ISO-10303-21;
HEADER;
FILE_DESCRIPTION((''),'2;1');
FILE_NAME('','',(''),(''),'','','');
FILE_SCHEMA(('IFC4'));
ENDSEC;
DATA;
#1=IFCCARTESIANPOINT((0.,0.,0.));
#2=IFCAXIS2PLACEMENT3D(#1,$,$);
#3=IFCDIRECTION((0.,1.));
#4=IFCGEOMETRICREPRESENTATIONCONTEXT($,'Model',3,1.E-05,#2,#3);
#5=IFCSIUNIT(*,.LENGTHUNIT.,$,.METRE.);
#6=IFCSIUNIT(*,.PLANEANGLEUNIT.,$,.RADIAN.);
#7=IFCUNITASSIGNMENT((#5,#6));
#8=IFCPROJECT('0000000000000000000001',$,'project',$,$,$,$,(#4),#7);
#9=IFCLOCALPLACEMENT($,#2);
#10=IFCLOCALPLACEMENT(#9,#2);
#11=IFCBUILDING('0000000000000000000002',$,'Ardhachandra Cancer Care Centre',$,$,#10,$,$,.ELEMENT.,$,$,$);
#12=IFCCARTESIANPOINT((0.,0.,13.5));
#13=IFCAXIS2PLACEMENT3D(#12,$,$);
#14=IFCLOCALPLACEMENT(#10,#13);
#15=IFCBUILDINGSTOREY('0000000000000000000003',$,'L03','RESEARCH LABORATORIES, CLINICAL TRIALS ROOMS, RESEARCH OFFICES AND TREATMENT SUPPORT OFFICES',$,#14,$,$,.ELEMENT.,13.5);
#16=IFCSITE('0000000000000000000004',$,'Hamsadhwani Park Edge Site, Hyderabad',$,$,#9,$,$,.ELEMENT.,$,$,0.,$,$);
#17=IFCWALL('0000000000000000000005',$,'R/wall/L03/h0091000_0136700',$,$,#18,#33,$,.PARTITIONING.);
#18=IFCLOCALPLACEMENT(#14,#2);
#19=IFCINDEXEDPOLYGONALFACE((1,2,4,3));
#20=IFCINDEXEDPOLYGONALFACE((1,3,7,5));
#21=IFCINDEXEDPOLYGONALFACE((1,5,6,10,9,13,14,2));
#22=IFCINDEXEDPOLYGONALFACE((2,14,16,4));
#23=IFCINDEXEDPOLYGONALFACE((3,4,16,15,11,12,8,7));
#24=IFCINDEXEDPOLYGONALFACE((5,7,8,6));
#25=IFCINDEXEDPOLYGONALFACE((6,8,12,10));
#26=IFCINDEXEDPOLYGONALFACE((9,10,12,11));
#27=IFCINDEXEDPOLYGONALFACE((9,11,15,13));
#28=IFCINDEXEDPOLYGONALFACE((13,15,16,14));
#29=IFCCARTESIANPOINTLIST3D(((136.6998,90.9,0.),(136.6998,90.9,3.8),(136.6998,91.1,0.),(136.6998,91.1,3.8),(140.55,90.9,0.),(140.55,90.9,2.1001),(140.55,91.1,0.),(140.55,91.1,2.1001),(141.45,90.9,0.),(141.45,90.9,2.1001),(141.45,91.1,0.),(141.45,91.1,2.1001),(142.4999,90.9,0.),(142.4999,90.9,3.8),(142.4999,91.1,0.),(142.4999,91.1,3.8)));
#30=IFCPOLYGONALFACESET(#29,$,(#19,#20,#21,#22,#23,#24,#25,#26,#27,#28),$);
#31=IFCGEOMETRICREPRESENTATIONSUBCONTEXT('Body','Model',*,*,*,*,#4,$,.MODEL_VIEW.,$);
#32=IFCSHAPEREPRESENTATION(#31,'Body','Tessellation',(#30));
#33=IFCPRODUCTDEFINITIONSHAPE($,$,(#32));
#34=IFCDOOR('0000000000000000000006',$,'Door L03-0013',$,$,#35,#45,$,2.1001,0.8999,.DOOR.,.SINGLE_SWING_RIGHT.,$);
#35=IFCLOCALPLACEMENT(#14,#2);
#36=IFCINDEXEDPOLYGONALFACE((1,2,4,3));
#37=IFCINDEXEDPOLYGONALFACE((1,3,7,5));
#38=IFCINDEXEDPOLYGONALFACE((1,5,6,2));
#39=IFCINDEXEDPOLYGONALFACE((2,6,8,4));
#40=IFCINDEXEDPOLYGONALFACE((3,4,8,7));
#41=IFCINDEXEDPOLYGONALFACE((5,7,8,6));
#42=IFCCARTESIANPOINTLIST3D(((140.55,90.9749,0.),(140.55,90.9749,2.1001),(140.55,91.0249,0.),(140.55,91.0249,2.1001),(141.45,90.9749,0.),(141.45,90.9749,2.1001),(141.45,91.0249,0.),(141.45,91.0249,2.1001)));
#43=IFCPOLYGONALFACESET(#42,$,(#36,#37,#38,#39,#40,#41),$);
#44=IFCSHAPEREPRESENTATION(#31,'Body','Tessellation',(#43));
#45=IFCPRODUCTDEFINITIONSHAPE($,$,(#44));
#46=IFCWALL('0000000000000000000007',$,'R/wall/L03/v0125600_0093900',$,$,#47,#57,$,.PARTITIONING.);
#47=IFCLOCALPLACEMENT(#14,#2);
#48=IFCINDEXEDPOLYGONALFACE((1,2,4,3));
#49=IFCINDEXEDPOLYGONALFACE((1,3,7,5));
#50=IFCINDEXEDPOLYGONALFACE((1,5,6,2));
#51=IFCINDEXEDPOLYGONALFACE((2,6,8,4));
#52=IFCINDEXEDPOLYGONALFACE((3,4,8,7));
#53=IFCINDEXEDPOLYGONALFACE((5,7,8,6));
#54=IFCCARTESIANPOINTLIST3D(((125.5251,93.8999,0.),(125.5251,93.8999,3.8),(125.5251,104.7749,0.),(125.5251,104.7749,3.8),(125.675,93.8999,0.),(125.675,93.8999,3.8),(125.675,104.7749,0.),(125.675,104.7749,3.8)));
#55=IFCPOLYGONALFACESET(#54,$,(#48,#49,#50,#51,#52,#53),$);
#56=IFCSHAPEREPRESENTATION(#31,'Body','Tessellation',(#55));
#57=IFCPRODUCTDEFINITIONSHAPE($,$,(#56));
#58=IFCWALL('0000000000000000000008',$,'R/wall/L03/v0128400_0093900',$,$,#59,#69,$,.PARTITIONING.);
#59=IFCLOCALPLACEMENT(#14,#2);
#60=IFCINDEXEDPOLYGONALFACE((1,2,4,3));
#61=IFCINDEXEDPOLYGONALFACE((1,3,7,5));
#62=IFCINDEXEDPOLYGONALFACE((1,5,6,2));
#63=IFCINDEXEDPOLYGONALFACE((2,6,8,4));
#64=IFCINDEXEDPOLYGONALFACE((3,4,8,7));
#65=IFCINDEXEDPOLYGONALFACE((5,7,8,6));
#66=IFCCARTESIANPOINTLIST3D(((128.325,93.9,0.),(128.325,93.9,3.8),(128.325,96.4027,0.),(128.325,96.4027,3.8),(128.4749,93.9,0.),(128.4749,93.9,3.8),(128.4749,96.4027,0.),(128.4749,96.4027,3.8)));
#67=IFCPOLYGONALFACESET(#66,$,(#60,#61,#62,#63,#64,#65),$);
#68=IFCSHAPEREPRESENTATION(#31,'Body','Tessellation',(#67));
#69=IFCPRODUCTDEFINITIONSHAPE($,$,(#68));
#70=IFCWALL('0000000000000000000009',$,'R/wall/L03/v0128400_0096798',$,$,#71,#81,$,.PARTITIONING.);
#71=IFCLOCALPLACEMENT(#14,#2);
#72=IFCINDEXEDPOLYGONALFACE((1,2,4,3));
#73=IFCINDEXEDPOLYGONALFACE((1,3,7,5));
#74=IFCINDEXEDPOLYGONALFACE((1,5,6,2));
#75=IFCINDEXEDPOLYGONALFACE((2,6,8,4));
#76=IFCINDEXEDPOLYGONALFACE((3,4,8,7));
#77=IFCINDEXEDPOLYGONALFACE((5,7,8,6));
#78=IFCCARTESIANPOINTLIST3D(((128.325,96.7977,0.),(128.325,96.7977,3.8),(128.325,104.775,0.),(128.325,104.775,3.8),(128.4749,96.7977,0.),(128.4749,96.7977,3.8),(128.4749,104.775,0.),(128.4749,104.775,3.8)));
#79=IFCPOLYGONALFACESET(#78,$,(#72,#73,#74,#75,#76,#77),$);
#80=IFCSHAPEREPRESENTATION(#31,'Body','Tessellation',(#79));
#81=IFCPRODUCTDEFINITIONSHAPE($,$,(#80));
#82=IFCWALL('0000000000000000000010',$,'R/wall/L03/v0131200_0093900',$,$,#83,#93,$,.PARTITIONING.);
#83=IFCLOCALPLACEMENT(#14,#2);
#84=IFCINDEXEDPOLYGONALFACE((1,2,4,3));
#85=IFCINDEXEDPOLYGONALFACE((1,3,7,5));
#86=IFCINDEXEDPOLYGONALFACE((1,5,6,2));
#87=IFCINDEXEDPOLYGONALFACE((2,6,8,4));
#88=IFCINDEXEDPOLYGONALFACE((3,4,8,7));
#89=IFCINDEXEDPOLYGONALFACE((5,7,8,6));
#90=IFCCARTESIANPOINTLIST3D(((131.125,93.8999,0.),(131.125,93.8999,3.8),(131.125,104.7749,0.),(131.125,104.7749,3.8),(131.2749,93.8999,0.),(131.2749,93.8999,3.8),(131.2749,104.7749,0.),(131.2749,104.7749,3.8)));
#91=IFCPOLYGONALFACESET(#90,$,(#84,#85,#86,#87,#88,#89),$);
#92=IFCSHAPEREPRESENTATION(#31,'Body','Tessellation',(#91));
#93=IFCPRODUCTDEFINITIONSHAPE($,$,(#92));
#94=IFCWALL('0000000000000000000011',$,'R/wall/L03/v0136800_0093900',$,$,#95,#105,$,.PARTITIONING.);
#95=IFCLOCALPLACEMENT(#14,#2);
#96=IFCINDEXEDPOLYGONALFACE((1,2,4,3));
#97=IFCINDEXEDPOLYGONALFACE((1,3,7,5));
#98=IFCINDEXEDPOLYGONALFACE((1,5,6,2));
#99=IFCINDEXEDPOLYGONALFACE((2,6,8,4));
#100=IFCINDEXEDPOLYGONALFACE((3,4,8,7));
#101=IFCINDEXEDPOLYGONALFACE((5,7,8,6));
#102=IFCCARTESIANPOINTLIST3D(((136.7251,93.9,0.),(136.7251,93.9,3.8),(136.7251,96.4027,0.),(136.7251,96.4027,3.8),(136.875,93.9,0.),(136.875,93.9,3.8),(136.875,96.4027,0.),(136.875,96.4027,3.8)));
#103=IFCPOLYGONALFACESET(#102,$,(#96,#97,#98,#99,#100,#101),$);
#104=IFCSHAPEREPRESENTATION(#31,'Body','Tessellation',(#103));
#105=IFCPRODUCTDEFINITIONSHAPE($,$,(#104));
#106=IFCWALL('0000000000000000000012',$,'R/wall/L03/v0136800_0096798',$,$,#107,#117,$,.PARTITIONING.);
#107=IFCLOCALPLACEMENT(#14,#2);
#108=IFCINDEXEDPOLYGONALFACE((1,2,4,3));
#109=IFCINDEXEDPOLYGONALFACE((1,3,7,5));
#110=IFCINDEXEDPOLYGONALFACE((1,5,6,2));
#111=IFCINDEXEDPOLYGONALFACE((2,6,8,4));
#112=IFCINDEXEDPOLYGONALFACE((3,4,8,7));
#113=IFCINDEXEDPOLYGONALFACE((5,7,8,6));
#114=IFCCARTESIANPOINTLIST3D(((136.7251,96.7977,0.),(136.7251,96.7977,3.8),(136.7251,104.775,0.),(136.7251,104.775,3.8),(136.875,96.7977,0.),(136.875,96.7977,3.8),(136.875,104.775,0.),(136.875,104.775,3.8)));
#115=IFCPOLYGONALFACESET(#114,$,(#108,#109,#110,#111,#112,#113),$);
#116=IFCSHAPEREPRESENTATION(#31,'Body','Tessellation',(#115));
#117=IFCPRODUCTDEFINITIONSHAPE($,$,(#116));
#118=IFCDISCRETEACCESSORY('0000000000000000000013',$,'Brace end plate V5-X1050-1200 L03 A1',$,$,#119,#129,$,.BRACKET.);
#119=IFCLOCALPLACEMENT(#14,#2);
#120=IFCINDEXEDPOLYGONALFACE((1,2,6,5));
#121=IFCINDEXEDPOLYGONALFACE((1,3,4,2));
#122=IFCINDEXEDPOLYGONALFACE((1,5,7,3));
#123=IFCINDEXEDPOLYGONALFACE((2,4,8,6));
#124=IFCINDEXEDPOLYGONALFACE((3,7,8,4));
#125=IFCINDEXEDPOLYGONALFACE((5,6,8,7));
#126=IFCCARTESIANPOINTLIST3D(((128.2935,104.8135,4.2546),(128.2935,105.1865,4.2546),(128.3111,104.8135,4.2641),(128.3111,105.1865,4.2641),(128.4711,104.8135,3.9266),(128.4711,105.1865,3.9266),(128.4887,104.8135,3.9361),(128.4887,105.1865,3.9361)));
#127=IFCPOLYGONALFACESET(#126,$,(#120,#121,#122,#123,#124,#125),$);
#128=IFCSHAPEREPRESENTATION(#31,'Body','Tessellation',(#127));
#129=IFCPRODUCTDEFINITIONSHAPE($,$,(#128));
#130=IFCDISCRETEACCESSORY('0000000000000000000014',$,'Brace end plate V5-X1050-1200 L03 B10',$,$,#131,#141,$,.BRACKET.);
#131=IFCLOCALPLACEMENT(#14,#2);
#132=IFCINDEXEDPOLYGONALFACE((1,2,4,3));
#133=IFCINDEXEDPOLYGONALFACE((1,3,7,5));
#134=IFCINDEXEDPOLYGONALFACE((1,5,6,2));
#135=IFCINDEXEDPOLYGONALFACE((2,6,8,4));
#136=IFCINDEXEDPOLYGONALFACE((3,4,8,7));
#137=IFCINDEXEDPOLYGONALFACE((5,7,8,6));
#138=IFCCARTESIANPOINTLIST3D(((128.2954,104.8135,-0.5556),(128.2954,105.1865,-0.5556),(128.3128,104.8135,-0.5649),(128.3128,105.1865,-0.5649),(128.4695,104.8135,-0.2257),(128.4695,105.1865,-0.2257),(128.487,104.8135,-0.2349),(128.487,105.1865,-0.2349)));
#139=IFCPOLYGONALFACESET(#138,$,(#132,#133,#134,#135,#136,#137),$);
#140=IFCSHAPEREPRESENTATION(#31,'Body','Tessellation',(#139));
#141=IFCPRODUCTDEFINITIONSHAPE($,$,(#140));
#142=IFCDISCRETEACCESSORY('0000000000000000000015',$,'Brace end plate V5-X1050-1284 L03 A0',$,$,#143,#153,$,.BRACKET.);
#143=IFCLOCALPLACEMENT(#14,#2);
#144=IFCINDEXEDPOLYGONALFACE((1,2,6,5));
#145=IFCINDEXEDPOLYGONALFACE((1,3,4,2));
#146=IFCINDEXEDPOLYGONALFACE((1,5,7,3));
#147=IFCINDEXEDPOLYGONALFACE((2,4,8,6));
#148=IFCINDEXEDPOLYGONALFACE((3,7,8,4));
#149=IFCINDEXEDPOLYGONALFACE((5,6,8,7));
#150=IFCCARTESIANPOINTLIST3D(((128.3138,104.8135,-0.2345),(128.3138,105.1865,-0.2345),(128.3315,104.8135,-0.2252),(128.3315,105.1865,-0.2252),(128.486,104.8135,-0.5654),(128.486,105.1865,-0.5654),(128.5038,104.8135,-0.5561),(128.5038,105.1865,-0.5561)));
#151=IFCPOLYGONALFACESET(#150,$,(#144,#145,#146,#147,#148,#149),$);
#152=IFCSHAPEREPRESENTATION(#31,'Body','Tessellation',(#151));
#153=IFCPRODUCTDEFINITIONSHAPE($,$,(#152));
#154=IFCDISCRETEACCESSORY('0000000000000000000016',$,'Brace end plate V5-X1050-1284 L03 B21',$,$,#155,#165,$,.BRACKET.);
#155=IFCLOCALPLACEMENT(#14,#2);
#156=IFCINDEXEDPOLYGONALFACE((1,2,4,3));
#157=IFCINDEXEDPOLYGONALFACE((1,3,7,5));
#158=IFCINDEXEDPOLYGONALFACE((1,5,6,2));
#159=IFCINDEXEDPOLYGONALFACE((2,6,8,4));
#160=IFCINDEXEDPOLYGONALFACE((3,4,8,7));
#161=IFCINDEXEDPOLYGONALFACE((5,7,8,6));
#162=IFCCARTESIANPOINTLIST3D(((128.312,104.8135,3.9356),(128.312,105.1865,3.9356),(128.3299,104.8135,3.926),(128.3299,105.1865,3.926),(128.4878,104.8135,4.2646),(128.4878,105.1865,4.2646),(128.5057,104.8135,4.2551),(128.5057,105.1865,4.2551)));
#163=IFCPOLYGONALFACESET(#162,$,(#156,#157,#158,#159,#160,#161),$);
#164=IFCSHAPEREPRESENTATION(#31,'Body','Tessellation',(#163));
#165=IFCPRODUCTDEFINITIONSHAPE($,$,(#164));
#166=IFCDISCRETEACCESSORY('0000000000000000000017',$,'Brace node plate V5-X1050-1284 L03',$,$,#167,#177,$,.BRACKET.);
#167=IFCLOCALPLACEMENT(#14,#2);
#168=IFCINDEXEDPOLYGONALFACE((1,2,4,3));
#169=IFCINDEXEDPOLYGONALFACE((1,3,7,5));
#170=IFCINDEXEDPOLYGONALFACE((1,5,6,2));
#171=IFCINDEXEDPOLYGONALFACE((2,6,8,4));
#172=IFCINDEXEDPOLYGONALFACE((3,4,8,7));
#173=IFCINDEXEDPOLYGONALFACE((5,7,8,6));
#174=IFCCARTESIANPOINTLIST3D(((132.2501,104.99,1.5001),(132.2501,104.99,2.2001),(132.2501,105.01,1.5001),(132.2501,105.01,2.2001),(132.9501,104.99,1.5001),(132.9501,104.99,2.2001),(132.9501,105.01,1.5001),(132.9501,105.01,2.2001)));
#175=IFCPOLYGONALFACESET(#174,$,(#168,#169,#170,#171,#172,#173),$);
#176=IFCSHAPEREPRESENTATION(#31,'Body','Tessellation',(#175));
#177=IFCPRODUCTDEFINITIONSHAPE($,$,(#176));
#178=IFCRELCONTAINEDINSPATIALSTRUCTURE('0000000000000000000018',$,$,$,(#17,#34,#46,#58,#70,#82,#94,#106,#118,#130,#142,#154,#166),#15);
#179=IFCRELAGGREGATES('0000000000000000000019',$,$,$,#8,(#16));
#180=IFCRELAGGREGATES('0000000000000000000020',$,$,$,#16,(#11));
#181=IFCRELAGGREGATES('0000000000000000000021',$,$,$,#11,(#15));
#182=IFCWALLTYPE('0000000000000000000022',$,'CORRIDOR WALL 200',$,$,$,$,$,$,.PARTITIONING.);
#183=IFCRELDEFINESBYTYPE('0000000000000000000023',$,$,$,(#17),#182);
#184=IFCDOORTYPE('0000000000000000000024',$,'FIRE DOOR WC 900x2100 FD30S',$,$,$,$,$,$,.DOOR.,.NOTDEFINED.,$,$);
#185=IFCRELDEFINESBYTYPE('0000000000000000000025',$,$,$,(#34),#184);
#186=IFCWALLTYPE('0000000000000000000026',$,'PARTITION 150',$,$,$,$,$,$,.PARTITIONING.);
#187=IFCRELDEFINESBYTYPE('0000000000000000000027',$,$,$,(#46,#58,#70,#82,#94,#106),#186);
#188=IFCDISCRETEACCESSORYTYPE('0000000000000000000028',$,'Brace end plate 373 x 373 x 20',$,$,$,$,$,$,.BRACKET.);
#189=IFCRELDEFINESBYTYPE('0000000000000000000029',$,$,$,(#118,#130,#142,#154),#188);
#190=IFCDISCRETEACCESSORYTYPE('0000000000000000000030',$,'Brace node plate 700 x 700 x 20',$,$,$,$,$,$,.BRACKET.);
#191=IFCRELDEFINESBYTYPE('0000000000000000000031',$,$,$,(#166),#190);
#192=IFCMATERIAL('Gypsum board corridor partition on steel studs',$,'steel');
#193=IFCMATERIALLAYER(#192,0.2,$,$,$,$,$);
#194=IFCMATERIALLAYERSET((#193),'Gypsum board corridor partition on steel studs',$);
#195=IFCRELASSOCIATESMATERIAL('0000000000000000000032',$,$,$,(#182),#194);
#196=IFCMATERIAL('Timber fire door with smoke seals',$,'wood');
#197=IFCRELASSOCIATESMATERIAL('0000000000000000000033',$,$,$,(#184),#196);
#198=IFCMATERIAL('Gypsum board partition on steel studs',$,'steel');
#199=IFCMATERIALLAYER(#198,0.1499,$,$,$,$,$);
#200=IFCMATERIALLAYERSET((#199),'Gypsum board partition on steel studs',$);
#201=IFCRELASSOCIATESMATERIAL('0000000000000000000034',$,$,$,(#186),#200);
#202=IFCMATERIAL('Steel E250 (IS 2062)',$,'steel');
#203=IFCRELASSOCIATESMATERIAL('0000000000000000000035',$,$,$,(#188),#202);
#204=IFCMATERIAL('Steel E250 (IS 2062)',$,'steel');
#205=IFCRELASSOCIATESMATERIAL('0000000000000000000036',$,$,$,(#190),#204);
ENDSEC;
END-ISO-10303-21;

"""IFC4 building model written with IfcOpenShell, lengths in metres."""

from ifc_helpers import new_model, si_unit, direction, frame, frame_2d, origin, origin_2d, place, context, subcontext, project, spatial, rectangle, extrude, material, layer, layer_set, material_profile, profile_set, type_object, element, fill, save


model = new_model("IFC4")

# Units and contexts
model_context = context("Model", 3, precision=1e-05, world=origin(), true_north=direction((0.0, 1.0)))
body_context = subcontext(model_context, "Body", "Model", "MODEL_VIEW")
ifc_project = project(units=[si_unit("LENGTHUNIT", "METRE"), si_unit("PLANEANGLEUNIT", "RADIAN")], contexts=[model_context])

# Site, building, storey
site_placement = place(None, origin())
site = spatial("IfcSite", under=ifc_project, at=site_placement, Name="Hamsadhwani Park Edge Site, Hyderabad", CompositionType="ELEMENT", RefElevation=0.0)
building_placement = place(site_placement, origin())
building = spatial("IfcBuilding", under=site, at=building_placement, Name="Ardhachandra Cancer Care Centre", CompositionType="ELEMENT")
storey_placement = place(building_placement, frame((0.0, 0.0, 13.5)))
storey = spatial("IfcBuildingStorey", under=building, at=storey_placement, Name="L03", Description="RESEARCH LABORATORIES, CLINICAL TRIALS ROOMS, RESEARCH OFFICES AND TREATMENT SUPPORT OFFICES", CompositionType="ELEMENT", Elevation=13.5)

# Wall, opening, door
ifc_material_1 = material(Name="Gypsum board corridor partition on steel studs", Category="steel")
ifc_layer_1 = layer(ifc_material_1, 0.2)
ifc_layer_set_1 = layer_set([ifc_layer_1], Name="Gypsum board corridor partition on steel studs")
wall_type_1 = type_object("IfcWallType", Name="CORRIDOR WALL 200", PredefinedType="PARTITIONING", material=ifc_layer_set_1)
wall_1_placement = place(storey_placement, frame((136.7, 91.0, 0.0), z_axis=(0.0, 0.0, 1.0), x_axis=(1.0, 0.0, 0.0)))
wall_1 = element("IfcWall", 1, at=wall_1_placement, inside=storey, type_object=wall_type_1, Name="R/wall/L03/h0091000_0136700", PredefinedType="PARTITIONING", context=body_context, shape_type="SweptSolid", body=[
    extrude(rectangle(XDim=5.8, YDim=0.2, at=frame_2d((2.8999, 0.0))), origin(), (0.0, 0.0, 1.0), 3.8),
])
opening_placement = place(wall_1_placement, frame((3.8501, 0.0, 0.0)))
opening = element("IfcOpeningElement", 2, at=opening_placement, cuts=wall_1, PredefinedType="OPENING", context=body_context, shape_type="SweptSolid", body=[
    extrude(rectangle(XDim=0.8999, YDim=2.1001, at=frame_2d((0.45, 1.05))), frame((0.0, 0.1099, 0.0), z_axis=(0.0, -1.0, 0.0), x_axis=(1.0, 0.0, 0.0)), (0.0, 0.0, 1.0), 0.22),
])
ifc_material_2 = material(Name="Timber fire door with smoke seals", Category="wood")
door_type = type_object("IfcDoorType", Name="FIRE DOOR WC 900x2100 FD30S", OperationType="NOTDEFINED", PredefinedType="DOOR", material=ifc_material_2)
door_placement = place(opening_placement, origin())
door = element("IfcDoor", 3, at=door_placement, inside=storey, type_object=door_type, Name="Door L03-0013", OperationType="SINGLE_SWING_RIGHT", OverallHeight=2.1001, OverallWidth=0.8999, PredefinedType="DOOR", context=body_context, shape_type="SweptSolid", body=[
    extrude(rectangle(XDim=0.8999, YDim=2.1001, at=frame_2d((0.45, 1.05))), frame((0.0, 0.0249, 0.0), z_axis=(0.0, -1.0, 0.0), x_axis=(1.0, 0.0, 0.0)), (0.0, 0.0, 1.0), 0.05),
])
fill(opening, door)

# Walls
ifc_material_3 = material(Name="Gypsum board partition on steel studs", Category="steel")
ifc_layer_2 = layer(ifc_material_3, 0.1499)
ifc_layer_set_2 = layer_set([ifc_layer_2], Name="Gypsum board partition on steel studs")
wall_type_2 = type_object("IfcWallType", Name="PARTITION 150", PredefinedType="PARTITIONING", material=ifc_layer_set_2)
wall_2_placement = place(storey_placement, frame((125.6001, 93.8999, 0.0), z_axis=(0.0, 0.0, 1.0), x_axis=(0.0, 1.0, 0.0)))
element("IfcWall", 4, at=wall_2_placement, inside=storey, type_object=wall_type_2, Name="R/wall/L03/v0125600_0093900", PredefinedType="PARTITIONING", context=body_context, shape_type="SweptSolid", body=[
    extrude(rectangle(XDim=10.875, YDim=0.1499, at=frame_2d((5.4375, 0.0))), origin(), (0.0, 0.0, 1.0), 3.8),
])
wall_3_placement = place(storey_placement, frame((128.3999, 93.8999, 0.0), z_axis=(0.0, 0.0, 1.0), x_axis=(0.0, 1.0, 0.0)))
element("IfcWall", 5, at=wall_3_placement, inside=storey, type_object=wall_type_2, Name="R/wall/L03/v0128400_0093900", PredefinedType="PARTITIONING", context=body_context, shape_type="SweptSolid", body=[
    extrude(rectangle(XDim=2.5027, YDim=0.1499, at=frame_2d((1.2515, 0.0))), origin(), (0.0, 0.0, 1.0), 3.8),
])
wall_4_placement = place(storey_placement, frame((128.3999, 96.7976, 0.0), z_axis=(0.0, 0.0, 1.0), x_axis=(0.0, 1.0, 0.0)))
element("IfcWall", 6, at=wall_4_placement, inside=storey, type_object=wall_type_2, Name="R/wall/L03/v0128400_0096798", PredefinedType="PARTITIONING", context=body_context, shape_type="SweptSolid", body=[
    extrude(rectangle(XDim=7.9773, YDim=0.1499, at=frame_2d((3.9888, 0.0))), origin(), (0.0, 0.0, 1.0), 3.8),
])
wall_5_placement = place(storey_placement, frame((131.2, 93.8999, 0.0), z_axis=(0.0, 0.0, 1.0), x_axis=(0.0, 1.0, 0.0)))
element("IfcWall", 7, at=wall_5_placement, inside=storey, type_object=wall_type_2, Name="R/wall/L03/v0131200_0093900", PredefinedType="PARTITIONING", context=body_context, shape_type="SweptSolid", body=[
    extrude(rectangle(XDim=10.875, YDim=0.1499, at=frame_2d((5.4375, 0.0))), origin(), (0.0, 0.0, 1.0), 3.8),
])
wall_6_placement = place(storey_placement, frame((136.8, 93.8999, 0.0), z_axis=(0.0, 0.0, 1.0), x_axis=(0.0, 1.0, 0.0)))
element("IfcWall", 8, at=wall_6_placement, inside=storey, type_object=wall_type_2, Name="R/wall/L03/v0136800_0093900", PredefinedType="PARTITIONING", context=body_context, shape_type="SweptSolid", body=[
    extrude(rectangle(XDim=2.5027, YDim=0.1499, at=frame_2d((1.2515, 0.0))), origin(), (0.0, 0.0, 1.0), 3.8),
])
wall_7_placement = place(storey_placement, frame((136.8, 96.7976, 0.0), z_axis=(0.0, 0.0, 1.0), x_axis=(0.0, 1.0, 0.0)))
element("IfcWall", 9, at=wall_7_placement, inside=storey, type_object=wall_type_2, Name="R/wall/L03/v0136800_0096798", PredefinedType="PARTITIONING", context=body_context, shape_type="SweptSolid", body=[
    extrude(rectangle(XDim=7.9773, YDim=0.1499, at=frame_2d((3.9888, 0.0))), origin(), (0.0, 0.0, 1.0), 3.8),
])

# Discrete accessories
ifc_material_4 = material(Name="Steel E250 (IS 2062)", Category="steel")
ifc_material_profile_1 = material_profile(ifc_material_4, rectangle(XDim=0.373, YDim=0.373, at=origin_2d()), Name="PL 373x373x20")
ifc_profile_set_1 = profile_set([ifc_material_profile_1], Name="Steel E250 (IS 2062)")
discrete_accessory_type_1 = type_object("IfcDiscreteAccessoryType", Name="Brace end plate 373 x 373 x 20", PredefinedType="BRACKET", material=ifc_profile_set_1)
discrete_accessory_1_placement = place(storey_placement, frame((128.3999, 105.0, 4.1001), z_axis=(-0.879292, 0.0, -0.476283), x_axis=(0.0, -1.0, 0.0)))
element("IfcDiscreteAccessory", 10, at=discrete_accessory_1_placement, inside=storey, type_object=discrete_accessory_type_1, Name="Brace end plate V5-X1050-1200 L03 A1", PredefinedType="BRACKET", context=body_context, shape_type="SweptSolid", body=[
    extrude(rectangle(XDim=0.373, YDim=0.373, at=origin_2d()), origin(), (0.0, 0.0, 1.0), 0.02),
])
discrete_accessory_2_placement = place(storey_placement, frame((128.3999, 105.0, -0.3999), z_axis=(-0.884385, 0.0, 0.466759), x_axis=(0.0, -1.0, 0.0)))
element("IfcDiscreteAccessory", 11, at=discrete_accessory_2_placement, inside=storey, type_object=discrete_accessory_type_1, Name="Brace end plate V5-X1050-1200 L03 B10", PredefinedType="BRACKET", context=body_context, shape_type="SweptSolid", body=[
    extrude(rectangle(XDim=0.373, YDim=0.373, at=origin_2d()), origin(), (0.0, 0.0, 1.0), 0.0198),
])
discrete_accessory_3_placement = place(storey_placement, frame((128.3999, 105.0, -0.3999), z_axis=(0.887018, 0.0, 0.461735), x_axis=(0.0, 1.0, 0.0)))
element("IfcDiscreteAccessory", 12, at=discrete_accessory_3_placement, inside=storey, type_object=discrete_accessory_type_1, Name="Brace end plate V5-X1050-1284 L03 A0", PredefinedType="BRACKET", context=body_context, shape_type="SweptSolid", body=[
    extrude(rectangle(XDim=0.373, YDim=0.373, at=origin_2d()), origin(), (0.0, 0.0, 1.0), 0.02),
])
discrete_accessory_4_placement = place(storey_placement, frame((128.3999, 105.0, 4.1001), z_axis=(0.882018, 0.0, -0.471215), x_axis=(0.0, 1.0, 0.0)))
element("IfcDiscreteAccessory", 13, at=discrete_accessory_4_placement, inside=storey, type_object=discrete_accessory_type_1, Name="Brace end plate V5-X1050-1284 L03 B21", PredefinedType="BRACKET", context=body_context, shape_type="SweptSolid", body=[
    extrude(rectangle(XDim=0.373, YDim=0.373, at=origin_2d()), origin(), (0.0, 0.0, 1.0), 0.0203),
])
ifc_material_5 = material(Name="Steel E250 (IS 2062)", Category="steel")
ifc_material_profile_2 = material_profile(ifc_material_5, rectangle(XDim=0.7, YDim=0.7, at=origin_2d()), Name="PL 700x700x20")
ifc_profile_set_2 = profile_set([ifc_material_profile_2], Name="Steel E250 (IS 2062)")
discrete_accessory_type_2 = type_object("IfcDiscreteAccessoryType", Name="Brace node plate 700 x 700 x 20", PredefinedType="BRACKET", material=ifc_profile_set_2)
discrete_accessory_5_placement = place(storey_placement, frame((132.6001, 104.99, 1.8501), z_axis=(0.0, 1.0, 0.0), x_axis=(-1.0, 0.0, 0.0)))
element("IfcDiscreteAccessory", 14, at=discrete_accessory_5_placement, inside=storey, type_object=discrete_accessory_type_2, Name="Brace node plate V5-X1050-1284 L03", PredefinedType="BRACKET", context=body_context, shape_type="SweptSolid", body=[
    extrude(rectangle(XDim=0.7, YDim=0.7, at=origin_2d()), origin(), (0.0, 0.0, 1.0), 0.02),
])

save(model, "model.ifc")
